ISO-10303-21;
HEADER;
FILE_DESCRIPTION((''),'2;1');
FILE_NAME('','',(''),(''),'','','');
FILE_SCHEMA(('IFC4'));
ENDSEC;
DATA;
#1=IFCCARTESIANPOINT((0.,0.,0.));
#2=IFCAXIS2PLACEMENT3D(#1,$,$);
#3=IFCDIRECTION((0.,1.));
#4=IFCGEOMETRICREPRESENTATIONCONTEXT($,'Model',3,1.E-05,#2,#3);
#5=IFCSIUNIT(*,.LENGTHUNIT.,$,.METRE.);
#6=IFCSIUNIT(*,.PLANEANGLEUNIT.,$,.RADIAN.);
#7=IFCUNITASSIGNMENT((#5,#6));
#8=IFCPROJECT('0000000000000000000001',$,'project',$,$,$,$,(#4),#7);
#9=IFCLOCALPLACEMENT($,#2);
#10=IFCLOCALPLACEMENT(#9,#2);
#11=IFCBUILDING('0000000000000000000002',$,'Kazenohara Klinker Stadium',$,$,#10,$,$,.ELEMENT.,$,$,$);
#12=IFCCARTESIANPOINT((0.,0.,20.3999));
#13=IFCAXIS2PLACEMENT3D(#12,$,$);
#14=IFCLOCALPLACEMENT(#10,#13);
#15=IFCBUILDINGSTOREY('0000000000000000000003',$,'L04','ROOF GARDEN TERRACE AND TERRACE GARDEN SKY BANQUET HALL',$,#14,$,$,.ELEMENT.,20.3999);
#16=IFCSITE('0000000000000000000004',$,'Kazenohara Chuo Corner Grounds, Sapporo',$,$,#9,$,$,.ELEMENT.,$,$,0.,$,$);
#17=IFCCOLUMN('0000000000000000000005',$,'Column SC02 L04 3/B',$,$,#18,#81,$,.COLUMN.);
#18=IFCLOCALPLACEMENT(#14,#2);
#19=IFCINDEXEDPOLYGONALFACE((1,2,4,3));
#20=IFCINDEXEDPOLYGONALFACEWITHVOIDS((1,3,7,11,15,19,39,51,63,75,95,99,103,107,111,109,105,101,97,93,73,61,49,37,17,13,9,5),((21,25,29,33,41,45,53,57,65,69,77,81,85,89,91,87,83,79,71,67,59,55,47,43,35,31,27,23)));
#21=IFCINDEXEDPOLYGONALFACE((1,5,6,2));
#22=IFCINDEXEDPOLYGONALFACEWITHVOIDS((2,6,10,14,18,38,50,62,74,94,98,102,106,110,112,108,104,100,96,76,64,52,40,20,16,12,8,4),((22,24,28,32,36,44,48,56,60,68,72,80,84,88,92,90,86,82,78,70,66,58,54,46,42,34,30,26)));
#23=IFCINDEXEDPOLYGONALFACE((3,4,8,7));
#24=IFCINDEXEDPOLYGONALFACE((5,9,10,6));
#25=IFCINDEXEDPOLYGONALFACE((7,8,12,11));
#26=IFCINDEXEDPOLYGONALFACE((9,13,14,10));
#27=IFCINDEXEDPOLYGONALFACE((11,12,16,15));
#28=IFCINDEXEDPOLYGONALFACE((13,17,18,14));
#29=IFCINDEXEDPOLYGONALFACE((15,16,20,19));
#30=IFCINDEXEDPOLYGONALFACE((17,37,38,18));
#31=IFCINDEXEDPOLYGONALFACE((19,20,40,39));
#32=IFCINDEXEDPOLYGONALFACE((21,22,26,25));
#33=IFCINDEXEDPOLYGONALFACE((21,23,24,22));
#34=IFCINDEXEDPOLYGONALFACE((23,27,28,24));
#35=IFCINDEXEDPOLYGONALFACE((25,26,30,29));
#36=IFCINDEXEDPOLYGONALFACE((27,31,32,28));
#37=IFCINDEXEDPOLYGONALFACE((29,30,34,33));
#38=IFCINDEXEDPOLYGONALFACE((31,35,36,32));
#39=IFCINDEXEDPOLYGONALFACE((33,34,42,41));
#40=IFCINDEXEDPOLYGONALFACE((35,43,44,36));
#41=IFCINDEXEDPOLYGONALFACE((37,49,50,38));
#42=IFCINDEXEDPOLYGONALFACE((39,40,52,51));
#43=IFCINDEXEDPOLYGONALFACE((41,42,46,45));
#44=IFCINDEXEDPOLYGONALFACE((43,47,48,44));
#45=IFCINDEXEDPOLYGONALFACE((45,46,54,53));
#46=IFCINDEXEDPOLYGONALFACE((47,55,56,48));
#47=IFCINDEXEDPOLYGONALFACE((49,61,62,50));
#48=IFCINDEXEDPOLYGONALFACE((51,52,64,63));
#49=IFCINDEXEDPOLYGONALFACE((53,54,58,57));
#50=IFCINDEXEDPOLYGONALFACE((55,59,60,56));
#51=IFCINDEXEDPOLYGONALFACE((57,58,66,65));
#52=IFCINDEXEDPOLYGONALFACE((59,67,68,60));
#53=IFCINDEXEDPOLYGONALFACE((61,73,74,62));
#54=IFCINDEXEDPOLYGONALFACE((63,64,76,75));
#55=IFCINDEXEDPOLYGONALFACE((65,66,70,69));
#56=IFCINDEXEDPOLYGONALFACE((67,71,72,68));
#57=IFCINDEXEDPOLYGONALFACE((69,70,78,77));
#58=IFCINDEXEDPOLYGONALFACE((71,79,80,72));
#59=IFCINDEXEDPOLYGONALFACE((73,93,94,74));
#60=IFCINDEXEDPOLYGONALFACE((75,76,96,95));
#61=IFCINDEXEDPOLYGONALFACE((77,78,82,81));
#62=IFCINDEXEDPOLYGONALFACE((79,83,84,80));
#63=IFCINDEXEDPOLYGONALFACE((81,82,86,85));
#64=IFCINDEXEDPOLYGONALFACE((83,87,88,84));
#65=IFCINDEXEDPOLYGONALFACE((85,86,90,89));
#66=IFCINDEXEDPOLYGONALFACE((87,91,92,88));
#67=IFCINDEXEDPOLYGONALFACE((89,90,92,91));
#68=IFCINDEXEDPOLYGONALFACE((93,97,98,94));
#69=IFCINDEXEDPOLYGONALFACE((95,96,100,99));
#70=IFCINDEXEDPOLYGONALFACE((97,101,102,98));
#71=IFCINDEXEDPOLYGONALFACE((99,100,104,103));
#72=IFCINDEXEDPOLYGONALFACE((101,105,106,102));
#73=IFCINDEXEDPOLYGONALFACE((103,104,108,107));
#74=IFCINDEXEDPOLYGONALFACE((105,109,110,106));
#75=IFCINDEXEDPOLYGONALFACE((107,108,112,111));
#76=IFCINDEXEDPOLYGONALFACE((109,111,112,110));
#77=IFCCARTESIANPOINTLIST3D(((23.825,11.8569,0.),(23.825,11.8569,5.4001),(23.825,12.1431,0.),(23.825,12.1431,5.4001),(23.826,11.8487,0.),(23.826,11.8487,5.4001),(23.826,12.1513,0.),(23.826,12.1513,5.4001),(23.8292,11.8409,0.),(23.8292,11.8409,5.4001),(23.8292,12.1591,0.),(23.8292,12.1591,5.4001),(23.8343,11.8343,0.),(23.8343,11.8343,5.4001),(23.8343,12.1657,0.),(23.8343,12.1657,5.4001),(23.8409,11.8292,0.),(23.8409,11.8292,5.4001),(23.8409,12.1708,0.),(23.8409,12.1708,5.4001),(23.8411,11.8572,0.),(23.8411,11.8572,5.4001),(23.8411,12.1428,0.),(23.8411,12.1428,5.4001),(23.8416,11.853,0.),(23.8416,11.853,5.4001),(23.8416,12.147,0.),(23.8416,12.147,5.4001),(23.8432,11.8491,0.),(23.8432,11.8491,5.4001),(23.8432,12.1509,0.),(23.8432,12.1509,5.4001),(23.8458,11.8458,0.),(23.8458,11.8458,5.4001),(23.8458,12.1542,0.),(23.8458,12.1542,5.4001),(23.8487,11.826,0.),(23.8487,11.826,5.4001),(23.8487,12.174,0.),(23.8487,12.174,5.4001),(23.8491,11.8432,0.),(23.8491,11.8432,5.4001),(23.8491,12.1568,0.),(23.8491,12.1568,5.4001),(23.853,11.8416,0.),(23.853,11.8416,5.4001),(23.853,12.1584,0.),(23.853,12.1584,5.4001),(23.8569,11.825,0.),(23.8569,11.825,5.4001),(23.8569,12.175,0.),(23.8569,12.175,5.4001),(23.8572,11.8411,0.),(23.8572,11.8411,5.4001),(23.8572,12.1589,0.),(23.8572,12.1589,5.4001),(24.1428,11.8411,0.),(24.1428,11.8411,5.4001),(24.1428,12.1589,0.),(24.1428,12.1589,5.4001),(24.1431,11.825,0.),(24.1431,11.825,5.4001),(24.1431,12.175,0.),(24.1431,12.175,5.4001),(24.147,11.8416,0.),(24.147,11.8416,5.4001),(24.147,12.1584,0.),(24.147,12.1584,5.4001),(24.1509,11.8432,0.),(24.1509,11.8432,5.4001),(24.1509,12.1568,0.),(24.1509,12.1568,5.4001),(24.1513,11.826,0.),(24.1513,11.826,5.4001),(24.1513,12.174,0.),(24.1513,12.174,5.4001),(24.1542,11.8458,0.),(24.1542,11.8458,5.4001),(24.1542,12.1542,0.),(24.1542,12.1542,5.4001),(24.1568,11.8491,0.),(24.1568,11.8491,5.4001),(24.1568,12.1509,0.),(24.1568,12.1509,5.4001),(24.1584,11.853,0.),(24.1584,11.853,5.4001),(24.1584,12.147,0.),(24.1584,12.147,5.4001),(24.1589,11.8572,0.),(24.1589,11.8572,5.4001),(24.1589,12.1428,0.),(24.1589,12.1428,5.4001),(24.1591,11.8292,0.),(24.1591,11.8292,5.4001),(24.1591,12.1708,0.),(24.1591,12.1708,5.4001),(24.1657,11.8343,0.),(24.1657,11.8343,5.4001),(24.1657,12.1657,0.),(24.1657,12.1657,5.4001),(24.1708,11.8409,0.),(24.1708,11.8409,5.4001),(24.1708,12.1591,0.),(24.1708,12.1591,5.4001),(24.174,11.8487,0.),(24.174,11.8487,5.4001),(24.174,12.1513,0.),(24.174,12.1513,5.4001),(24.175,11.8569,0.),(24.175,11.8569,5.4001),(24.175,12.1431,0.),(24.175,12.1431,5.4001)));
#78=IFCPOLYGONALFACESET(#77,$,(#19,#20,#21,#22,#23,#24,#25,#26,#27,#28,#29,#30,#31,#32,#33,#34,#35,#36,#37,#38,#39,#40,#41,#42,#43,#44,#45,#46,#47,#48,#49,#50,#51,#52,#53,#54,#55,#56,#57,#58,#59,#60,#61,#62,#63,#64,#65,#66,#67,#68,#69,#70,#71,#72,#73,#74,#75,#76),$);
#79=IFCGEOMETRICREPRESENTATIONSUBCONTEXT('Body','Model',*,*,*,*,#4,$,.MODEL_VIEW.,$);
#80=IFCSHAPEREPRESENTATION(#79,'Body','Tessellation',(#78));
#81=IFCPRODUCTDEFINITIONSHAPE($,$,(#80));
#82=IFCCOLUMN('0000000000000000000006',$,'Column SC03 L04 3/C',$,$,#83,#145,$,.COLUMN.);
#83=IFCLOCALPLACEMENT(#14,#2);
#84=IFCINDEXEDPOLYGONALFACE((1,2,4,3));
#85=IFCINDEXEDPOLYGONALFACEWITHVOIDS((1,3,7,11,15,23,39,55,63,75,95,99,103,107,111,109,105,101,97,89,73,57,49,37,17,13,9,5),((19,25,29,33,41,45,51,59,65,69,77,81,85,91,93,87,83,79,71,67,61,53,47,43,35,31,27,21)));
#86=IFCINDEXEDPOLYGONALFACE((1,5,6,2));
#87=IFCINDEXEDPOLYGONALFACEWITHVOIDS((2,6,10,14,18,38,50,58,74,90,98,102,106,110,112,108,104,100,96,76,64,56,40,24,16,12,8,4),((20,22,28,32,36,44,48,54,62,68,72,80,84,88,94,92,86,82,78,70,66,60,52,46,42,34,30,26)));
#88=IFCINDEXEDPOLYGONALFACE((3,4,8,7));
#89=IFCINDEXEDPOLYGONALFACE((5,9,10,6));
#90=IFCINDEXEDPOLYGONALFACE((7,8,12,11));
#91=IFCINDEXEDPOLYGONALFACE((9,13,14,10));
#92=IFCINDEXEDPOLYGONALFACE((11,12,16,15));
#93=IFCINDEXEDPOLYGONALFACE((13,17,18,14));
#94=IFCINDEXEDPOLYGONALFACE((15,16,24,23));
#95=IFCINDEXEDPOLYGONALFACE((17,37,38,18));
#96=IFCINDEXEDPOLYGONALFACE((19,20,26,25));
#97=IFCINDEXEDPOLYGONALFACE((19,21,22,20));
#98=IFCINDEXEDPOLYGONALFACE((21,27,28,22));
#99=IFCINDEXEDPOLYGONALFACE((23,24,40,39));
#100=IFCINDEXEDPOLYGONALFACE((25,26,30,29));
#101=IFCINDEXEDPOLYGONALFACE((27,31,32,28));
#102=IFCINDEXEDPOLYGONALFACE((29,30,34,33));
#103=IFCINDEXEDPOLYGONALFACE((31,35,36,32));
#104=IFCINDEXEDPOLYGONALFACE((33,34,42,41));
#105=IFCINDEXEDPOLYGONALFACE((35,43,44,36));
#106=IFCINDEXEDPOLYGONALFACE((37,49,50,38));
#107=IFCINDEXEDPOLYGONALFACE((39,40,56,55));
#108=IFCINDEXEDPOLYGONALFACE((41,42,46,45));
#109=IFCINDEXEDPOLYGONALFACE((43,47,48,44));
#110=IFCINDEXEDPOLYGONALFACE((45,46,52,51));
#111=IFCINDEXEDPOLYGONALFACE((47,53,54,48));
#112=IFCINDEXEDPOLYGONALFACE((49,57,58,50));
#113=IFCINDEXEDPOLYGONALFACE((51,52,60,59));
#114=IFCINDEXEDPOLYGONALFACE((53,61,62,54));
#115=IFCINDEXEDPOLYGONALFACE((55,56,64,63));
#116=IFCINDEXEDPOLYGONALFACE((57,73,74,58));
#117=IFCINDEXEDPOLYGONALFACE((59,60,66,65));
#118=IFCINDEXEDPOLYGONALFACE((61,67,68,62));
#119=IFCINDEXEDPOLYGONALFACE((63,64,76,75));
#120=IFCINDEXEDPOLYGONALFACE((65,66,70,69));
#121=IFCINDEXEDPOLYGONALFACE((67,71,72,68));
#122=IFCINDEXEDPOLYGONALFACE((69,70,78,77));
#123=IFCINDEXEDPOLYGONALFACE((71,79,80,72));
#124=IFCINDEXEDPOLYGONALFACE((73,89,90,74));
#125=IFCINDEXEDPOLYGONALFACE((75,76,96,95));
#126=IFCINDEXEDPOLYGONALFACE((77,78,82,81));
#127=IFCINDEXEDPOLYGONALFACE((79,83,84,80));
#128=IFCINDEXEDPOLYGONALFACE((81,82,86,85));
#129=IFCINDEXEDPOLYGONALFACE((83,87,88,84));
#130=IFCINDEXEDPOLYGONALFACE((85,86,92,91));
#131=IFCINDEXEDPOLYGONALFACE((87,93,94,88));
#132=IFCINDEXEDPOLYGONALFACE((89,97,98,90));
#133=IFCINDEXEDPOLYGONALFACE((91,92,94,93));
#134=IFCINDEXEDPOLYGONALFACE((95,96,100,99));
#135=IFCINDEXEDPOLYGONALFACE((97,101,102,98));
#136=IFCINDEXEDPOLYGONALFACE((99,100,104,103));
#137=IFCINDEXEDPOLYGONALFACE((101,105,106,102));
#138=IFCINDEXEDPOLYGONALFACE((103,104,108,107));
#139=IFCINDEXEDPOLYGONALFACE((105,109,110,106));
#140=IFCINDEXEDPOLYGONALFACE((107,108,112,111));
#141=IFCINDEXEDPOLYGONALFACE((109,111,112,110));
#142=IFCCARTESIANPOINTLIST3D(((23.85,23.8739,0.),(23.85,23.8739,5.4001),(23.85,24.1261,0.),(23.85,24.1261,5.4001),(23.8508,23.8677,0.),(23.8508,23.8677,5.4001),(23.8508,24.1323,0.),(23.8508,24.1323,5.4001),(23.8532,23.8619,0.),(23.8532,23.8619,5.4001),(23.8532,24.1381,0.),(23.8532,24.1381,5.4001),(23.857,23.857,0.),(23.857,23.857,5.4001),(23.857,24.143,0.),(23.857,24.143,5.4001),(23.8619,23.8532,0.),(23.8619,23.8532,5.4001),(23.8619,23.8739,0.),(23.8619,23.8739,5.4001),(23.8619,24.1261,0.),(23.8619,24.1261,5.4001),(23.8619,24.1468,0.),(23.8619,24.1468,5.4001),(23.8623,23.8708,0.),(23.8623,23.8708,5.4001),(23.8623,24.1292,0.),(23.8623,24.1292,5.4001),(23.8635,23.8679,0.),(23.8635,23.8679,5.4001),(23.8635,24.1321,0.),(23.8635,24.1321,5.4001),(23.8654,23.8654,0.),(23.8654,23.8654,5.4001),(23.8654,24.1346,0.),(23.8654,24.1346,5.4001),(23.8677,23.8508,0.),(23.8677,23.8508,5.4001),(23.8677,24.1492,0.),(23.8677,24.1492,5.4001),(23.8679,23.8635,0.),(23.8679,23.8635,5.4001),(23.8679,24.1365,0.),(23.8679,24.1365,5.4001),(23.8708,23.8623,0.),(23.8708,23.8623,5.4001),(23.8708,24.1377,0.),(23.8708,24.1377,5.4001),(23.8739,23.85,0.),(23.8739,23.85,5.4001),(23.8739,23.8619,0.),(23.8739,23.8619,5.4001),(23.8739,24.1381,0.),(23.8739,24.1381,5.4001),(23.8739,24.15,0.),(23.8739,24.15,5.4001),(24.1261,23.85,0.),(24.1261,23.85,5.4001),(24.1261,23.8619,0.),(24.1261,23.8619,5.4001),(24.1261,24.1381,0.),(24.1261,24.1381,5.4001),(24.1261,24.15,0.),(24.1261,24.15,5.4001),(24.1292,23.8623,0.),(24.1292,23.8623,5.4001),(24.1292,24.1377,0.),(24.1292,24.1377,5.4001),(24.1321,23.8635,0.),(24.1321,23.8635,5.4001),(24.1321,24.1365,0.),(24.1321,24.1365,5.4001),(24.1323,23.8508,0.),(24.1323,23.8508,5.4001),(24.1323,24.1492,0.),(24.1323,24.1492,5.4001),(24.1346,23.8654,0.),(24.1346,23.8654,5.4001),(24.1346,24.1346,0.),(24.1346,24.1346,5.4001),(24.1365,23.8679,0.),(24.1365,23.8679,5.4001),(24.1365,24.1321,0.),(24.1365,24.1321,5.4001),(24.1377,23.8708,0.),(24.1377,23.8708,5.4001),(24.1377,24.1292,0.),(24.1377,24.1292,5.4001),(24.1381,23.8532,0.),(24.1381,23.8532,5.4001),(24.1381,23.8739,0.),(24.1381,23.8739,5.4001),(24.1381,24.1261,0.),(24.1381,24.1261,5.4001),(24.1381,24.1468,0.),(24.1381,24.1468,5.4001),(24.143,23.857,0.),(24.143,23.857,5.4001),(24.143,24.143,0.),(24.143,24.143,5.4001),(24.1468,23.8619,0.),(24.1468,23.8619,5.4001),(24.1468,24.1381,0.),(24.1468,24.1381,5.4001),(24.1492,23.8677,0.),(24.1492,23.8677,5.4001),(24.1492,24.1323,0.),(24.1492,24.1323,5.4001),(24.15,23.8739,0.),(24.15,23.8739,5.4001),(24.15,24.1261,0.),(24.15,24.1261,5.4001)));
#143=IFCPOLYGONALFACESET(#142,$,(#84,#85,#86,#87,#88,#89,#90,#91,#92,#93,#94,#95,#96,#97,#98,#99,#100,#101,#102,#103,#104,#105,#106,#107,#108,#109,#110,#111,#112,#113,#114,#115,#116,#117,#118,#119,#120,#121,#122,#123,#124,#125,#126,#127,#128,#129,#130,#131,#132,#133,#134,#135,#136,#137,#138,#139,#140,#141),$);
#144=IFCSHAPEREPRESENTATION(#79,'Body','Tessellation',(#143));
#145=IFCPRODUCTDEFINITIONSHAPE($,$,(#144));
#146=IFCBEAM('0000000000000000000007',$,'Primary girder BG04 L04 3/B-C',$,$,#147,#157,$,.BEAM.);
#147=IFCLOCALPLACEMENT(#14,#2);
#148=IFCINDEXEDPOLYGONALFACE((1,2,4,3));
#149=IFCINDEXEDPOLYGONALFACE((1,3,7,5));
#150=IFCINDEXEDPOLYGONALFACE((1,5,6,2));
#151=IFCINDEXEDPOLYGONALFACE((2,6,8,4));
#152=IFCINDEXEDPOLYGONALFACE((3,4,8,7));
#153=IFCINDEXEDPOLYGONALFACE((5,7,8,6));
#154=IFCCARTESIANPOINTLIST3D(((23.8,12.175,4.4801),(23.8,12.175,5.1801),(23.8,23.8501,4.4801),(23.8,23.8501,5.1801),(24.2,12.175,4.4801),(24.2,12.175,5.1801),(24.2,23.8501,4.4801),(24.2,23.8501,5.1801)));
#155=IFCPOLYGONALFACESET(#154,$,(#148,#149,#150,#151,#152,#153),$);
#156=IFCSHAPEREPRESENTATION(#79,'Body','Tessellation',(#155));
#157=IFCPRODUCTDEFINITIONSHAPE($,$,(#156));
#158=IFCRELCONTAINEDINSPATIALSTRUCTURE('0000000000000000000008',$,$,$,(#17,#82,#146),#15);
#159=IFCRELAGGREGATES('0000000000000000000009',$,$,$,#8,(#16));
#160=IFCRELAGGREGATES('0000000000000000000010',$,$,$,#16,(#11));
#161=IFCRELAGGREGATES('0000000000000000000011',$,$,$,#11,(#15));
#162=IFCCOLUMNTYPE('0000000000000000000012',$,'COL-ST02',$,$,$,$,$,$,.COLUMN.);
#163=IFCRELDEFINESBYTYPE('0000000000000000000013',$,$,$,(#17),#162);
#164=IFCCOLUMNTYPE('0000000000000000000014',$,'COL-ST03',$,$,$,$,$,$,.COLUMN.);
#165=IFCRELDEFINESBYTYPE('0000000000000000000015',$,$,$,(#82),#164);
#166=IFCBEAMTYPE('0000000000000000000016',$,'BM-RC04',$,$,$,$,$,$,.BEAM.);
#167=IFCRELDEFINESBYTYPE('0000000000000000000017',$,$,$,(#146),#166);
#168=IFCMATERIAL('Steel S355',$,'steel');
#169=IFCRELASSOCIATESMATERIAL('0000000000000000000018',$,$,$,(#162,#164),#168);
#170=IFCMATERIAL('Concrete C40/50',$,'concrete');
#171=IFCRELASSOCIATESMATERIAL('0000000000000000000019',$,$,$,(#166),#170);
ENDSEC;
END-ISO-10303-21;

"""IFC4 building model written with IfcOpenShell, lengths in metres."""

from ifc_helpers import new_model, si_unit, direction, frame, origin, origin_2d, place, context, subcontext, project, spatial, rectangle, hollow_rectangle, extrude, material, material_profile, profile_set, type_object, element, save


model = new_model("IFC4")

# Units and contexts
model_context = context("Model", 3, precision=1e-05, world=origin(), true_north=direction((0.0, 1.0)))
body_context = subcontext(model_context, "Body", "Model", "MODEL_VIEW")
ifc_project = project(units=[si_unit("LENGTHUNIT", "METRE"), si_unit("PLANEANGLEUNIT", "RADIAN")], contexts=[model_context])

# Site, building, storey
site_placement = place(None, origin())
site = spatial("IfcSite", under=ifc_project, at=site_placement, Name="Kazenohara Chuo Corner Grounds, Sapporo", CompositionType="ELEMENT", RefElevation=0.0)
building_placement = place(site_placement, origin())
building = spatial("IfcBuilding", under=site, at=building_placement, Name="Kazenohara Klinker Stadium", CompositionType="ELEMENT")
storey_placement = place(building_placement, frame((0.0, 0.0, 20.3999)))
storey = spatial("IfcBuildingStorey", under=building, at=storey_placement, Name="L04", Description="ROOF GARDEN TERRACE AND TERRACE GARDEN SKY BANQUET HALL", CompositionType="ELEMENT", Elevation=20.3999)

# Columns
ifc_material_1 = material(Name="Steel S355", Category="steel")
ifc_material_profile_1 = material_profile(ifc_material_1, hollow_rectangle(XDim=0.3501, YDim=0.3501, WallThickness=0.0161, InnerFilletRadius=0.0161, OuterFilletRadius=0.032, at=origin_2d()), Name="SHS-350x350x16")
ifc_profile_set_1 = profile_set([ifc_material_profile_1], Name="Steel S355")
column_type_1 = type_object("IfcColumnType", Name="COL-ST02", PredefinedType="COLUMN", material=ifc_profile_set_1)
column_1_placement = place(storey_placement, frame((24.0, 12.0, 0.0), z_axis=(0.0, 0.0, 1.0), x_axis=(1.0, 0.0, 0.0)))
element("IfcColumn", 1, at=column_1_placement, inside=storey, type_object=column_type_1, Name="Column SC02 L04 3/B", PredefinedType="COLUMN", context=body_context, shape_type="SweptSolid", body=[
    extrude(hollow_rectangle(XDim=0.3501, YDim=0.3501, WallThickness=0.0161, InnerFilletRadius=0.0161, OuterFilletRadius=0.032, at=origin_2d()), origin(), (0.0, 0.0, 1.0), 5.4001),
])
ifc_material_profile_2 = material_profile(ifc_material_1, hollow_rectangle(XDim=0.3, YDim=0.3, WallThickness=0.012, InnerFilletRadius=0.012, OuterFilletRadius=0.0239, at=origin_2d()), Name="SHS-300x300x12")
ifc_profile_set_2 = profile_set([ifc_material_profile_2], Name="Steel S355")
column_type_2 = type_object("IfcColumnType", Name="COL-ST03", PredefinedType="COLUMN", material=ifc_profile_set_2)
column_2_placement = place(storey_placement, frame((24.0, 24.0, 0.0), z_axis=(0.0, 0.0, 1.0), x_axis=(1.0, 0.0, 0.0)))
element("IfcColumn", 2, at=column_2_placement, inside=storey, type_object=column_type_2, Name="Column SC03 L04 3/C", PredefinedType="COLUMN", context=body_context, shape_type="SweptSolid", body=[
    extrude(hollow_rectangle(XDim=0.3, YDim=0.3, WallThickness=0.012, InnerFilletRadius=0.012, OuterFilletRadius=0.0239, at=origin_2d()), origin(), (0.0, 0.0, 1.0), 5.4001),
])

# Beam
ifc_material_2 = material(Name="Concrete C40/50", Category="concrete")
ifc_material_profile_3 = material_profile(ifc_material_2, rectangle(XDim=0.3999, YDim=0.7, at=origin_2d()), Name="RC-BM-400x700")
ifc_profile_set_3 = profile_set([ifc_material_profile_3], Name="Concrete C40/50")
beam_type_1 = type_object("IfcBeamType", Name="BM-RC04", PredefinedType="BEAM", material=ifc_profile_set_3)
beam_1_placement = place(storey_placement, frame((24.0, 12.175, 4.8301), z_axis=(0.0, 1.0, 0.0), x_axis=(-1.0, 0.0, 0.0)))
element("IfcBeam", 3, at=beam_1_placement, inside=storey, type_object=beam_type_1, Name="Primary girder BG04 L04 3/B-C", PredefinedType="BEAM", context=body_context, shape_type="SweptSolid", body=[
    extrude(rectangle(XDim=0.3999, YDim=0.7, at=origin_2d()), origin(), (0.0, 0.0, 1.0), 11.675),
])

save(model, "model.ifc")
